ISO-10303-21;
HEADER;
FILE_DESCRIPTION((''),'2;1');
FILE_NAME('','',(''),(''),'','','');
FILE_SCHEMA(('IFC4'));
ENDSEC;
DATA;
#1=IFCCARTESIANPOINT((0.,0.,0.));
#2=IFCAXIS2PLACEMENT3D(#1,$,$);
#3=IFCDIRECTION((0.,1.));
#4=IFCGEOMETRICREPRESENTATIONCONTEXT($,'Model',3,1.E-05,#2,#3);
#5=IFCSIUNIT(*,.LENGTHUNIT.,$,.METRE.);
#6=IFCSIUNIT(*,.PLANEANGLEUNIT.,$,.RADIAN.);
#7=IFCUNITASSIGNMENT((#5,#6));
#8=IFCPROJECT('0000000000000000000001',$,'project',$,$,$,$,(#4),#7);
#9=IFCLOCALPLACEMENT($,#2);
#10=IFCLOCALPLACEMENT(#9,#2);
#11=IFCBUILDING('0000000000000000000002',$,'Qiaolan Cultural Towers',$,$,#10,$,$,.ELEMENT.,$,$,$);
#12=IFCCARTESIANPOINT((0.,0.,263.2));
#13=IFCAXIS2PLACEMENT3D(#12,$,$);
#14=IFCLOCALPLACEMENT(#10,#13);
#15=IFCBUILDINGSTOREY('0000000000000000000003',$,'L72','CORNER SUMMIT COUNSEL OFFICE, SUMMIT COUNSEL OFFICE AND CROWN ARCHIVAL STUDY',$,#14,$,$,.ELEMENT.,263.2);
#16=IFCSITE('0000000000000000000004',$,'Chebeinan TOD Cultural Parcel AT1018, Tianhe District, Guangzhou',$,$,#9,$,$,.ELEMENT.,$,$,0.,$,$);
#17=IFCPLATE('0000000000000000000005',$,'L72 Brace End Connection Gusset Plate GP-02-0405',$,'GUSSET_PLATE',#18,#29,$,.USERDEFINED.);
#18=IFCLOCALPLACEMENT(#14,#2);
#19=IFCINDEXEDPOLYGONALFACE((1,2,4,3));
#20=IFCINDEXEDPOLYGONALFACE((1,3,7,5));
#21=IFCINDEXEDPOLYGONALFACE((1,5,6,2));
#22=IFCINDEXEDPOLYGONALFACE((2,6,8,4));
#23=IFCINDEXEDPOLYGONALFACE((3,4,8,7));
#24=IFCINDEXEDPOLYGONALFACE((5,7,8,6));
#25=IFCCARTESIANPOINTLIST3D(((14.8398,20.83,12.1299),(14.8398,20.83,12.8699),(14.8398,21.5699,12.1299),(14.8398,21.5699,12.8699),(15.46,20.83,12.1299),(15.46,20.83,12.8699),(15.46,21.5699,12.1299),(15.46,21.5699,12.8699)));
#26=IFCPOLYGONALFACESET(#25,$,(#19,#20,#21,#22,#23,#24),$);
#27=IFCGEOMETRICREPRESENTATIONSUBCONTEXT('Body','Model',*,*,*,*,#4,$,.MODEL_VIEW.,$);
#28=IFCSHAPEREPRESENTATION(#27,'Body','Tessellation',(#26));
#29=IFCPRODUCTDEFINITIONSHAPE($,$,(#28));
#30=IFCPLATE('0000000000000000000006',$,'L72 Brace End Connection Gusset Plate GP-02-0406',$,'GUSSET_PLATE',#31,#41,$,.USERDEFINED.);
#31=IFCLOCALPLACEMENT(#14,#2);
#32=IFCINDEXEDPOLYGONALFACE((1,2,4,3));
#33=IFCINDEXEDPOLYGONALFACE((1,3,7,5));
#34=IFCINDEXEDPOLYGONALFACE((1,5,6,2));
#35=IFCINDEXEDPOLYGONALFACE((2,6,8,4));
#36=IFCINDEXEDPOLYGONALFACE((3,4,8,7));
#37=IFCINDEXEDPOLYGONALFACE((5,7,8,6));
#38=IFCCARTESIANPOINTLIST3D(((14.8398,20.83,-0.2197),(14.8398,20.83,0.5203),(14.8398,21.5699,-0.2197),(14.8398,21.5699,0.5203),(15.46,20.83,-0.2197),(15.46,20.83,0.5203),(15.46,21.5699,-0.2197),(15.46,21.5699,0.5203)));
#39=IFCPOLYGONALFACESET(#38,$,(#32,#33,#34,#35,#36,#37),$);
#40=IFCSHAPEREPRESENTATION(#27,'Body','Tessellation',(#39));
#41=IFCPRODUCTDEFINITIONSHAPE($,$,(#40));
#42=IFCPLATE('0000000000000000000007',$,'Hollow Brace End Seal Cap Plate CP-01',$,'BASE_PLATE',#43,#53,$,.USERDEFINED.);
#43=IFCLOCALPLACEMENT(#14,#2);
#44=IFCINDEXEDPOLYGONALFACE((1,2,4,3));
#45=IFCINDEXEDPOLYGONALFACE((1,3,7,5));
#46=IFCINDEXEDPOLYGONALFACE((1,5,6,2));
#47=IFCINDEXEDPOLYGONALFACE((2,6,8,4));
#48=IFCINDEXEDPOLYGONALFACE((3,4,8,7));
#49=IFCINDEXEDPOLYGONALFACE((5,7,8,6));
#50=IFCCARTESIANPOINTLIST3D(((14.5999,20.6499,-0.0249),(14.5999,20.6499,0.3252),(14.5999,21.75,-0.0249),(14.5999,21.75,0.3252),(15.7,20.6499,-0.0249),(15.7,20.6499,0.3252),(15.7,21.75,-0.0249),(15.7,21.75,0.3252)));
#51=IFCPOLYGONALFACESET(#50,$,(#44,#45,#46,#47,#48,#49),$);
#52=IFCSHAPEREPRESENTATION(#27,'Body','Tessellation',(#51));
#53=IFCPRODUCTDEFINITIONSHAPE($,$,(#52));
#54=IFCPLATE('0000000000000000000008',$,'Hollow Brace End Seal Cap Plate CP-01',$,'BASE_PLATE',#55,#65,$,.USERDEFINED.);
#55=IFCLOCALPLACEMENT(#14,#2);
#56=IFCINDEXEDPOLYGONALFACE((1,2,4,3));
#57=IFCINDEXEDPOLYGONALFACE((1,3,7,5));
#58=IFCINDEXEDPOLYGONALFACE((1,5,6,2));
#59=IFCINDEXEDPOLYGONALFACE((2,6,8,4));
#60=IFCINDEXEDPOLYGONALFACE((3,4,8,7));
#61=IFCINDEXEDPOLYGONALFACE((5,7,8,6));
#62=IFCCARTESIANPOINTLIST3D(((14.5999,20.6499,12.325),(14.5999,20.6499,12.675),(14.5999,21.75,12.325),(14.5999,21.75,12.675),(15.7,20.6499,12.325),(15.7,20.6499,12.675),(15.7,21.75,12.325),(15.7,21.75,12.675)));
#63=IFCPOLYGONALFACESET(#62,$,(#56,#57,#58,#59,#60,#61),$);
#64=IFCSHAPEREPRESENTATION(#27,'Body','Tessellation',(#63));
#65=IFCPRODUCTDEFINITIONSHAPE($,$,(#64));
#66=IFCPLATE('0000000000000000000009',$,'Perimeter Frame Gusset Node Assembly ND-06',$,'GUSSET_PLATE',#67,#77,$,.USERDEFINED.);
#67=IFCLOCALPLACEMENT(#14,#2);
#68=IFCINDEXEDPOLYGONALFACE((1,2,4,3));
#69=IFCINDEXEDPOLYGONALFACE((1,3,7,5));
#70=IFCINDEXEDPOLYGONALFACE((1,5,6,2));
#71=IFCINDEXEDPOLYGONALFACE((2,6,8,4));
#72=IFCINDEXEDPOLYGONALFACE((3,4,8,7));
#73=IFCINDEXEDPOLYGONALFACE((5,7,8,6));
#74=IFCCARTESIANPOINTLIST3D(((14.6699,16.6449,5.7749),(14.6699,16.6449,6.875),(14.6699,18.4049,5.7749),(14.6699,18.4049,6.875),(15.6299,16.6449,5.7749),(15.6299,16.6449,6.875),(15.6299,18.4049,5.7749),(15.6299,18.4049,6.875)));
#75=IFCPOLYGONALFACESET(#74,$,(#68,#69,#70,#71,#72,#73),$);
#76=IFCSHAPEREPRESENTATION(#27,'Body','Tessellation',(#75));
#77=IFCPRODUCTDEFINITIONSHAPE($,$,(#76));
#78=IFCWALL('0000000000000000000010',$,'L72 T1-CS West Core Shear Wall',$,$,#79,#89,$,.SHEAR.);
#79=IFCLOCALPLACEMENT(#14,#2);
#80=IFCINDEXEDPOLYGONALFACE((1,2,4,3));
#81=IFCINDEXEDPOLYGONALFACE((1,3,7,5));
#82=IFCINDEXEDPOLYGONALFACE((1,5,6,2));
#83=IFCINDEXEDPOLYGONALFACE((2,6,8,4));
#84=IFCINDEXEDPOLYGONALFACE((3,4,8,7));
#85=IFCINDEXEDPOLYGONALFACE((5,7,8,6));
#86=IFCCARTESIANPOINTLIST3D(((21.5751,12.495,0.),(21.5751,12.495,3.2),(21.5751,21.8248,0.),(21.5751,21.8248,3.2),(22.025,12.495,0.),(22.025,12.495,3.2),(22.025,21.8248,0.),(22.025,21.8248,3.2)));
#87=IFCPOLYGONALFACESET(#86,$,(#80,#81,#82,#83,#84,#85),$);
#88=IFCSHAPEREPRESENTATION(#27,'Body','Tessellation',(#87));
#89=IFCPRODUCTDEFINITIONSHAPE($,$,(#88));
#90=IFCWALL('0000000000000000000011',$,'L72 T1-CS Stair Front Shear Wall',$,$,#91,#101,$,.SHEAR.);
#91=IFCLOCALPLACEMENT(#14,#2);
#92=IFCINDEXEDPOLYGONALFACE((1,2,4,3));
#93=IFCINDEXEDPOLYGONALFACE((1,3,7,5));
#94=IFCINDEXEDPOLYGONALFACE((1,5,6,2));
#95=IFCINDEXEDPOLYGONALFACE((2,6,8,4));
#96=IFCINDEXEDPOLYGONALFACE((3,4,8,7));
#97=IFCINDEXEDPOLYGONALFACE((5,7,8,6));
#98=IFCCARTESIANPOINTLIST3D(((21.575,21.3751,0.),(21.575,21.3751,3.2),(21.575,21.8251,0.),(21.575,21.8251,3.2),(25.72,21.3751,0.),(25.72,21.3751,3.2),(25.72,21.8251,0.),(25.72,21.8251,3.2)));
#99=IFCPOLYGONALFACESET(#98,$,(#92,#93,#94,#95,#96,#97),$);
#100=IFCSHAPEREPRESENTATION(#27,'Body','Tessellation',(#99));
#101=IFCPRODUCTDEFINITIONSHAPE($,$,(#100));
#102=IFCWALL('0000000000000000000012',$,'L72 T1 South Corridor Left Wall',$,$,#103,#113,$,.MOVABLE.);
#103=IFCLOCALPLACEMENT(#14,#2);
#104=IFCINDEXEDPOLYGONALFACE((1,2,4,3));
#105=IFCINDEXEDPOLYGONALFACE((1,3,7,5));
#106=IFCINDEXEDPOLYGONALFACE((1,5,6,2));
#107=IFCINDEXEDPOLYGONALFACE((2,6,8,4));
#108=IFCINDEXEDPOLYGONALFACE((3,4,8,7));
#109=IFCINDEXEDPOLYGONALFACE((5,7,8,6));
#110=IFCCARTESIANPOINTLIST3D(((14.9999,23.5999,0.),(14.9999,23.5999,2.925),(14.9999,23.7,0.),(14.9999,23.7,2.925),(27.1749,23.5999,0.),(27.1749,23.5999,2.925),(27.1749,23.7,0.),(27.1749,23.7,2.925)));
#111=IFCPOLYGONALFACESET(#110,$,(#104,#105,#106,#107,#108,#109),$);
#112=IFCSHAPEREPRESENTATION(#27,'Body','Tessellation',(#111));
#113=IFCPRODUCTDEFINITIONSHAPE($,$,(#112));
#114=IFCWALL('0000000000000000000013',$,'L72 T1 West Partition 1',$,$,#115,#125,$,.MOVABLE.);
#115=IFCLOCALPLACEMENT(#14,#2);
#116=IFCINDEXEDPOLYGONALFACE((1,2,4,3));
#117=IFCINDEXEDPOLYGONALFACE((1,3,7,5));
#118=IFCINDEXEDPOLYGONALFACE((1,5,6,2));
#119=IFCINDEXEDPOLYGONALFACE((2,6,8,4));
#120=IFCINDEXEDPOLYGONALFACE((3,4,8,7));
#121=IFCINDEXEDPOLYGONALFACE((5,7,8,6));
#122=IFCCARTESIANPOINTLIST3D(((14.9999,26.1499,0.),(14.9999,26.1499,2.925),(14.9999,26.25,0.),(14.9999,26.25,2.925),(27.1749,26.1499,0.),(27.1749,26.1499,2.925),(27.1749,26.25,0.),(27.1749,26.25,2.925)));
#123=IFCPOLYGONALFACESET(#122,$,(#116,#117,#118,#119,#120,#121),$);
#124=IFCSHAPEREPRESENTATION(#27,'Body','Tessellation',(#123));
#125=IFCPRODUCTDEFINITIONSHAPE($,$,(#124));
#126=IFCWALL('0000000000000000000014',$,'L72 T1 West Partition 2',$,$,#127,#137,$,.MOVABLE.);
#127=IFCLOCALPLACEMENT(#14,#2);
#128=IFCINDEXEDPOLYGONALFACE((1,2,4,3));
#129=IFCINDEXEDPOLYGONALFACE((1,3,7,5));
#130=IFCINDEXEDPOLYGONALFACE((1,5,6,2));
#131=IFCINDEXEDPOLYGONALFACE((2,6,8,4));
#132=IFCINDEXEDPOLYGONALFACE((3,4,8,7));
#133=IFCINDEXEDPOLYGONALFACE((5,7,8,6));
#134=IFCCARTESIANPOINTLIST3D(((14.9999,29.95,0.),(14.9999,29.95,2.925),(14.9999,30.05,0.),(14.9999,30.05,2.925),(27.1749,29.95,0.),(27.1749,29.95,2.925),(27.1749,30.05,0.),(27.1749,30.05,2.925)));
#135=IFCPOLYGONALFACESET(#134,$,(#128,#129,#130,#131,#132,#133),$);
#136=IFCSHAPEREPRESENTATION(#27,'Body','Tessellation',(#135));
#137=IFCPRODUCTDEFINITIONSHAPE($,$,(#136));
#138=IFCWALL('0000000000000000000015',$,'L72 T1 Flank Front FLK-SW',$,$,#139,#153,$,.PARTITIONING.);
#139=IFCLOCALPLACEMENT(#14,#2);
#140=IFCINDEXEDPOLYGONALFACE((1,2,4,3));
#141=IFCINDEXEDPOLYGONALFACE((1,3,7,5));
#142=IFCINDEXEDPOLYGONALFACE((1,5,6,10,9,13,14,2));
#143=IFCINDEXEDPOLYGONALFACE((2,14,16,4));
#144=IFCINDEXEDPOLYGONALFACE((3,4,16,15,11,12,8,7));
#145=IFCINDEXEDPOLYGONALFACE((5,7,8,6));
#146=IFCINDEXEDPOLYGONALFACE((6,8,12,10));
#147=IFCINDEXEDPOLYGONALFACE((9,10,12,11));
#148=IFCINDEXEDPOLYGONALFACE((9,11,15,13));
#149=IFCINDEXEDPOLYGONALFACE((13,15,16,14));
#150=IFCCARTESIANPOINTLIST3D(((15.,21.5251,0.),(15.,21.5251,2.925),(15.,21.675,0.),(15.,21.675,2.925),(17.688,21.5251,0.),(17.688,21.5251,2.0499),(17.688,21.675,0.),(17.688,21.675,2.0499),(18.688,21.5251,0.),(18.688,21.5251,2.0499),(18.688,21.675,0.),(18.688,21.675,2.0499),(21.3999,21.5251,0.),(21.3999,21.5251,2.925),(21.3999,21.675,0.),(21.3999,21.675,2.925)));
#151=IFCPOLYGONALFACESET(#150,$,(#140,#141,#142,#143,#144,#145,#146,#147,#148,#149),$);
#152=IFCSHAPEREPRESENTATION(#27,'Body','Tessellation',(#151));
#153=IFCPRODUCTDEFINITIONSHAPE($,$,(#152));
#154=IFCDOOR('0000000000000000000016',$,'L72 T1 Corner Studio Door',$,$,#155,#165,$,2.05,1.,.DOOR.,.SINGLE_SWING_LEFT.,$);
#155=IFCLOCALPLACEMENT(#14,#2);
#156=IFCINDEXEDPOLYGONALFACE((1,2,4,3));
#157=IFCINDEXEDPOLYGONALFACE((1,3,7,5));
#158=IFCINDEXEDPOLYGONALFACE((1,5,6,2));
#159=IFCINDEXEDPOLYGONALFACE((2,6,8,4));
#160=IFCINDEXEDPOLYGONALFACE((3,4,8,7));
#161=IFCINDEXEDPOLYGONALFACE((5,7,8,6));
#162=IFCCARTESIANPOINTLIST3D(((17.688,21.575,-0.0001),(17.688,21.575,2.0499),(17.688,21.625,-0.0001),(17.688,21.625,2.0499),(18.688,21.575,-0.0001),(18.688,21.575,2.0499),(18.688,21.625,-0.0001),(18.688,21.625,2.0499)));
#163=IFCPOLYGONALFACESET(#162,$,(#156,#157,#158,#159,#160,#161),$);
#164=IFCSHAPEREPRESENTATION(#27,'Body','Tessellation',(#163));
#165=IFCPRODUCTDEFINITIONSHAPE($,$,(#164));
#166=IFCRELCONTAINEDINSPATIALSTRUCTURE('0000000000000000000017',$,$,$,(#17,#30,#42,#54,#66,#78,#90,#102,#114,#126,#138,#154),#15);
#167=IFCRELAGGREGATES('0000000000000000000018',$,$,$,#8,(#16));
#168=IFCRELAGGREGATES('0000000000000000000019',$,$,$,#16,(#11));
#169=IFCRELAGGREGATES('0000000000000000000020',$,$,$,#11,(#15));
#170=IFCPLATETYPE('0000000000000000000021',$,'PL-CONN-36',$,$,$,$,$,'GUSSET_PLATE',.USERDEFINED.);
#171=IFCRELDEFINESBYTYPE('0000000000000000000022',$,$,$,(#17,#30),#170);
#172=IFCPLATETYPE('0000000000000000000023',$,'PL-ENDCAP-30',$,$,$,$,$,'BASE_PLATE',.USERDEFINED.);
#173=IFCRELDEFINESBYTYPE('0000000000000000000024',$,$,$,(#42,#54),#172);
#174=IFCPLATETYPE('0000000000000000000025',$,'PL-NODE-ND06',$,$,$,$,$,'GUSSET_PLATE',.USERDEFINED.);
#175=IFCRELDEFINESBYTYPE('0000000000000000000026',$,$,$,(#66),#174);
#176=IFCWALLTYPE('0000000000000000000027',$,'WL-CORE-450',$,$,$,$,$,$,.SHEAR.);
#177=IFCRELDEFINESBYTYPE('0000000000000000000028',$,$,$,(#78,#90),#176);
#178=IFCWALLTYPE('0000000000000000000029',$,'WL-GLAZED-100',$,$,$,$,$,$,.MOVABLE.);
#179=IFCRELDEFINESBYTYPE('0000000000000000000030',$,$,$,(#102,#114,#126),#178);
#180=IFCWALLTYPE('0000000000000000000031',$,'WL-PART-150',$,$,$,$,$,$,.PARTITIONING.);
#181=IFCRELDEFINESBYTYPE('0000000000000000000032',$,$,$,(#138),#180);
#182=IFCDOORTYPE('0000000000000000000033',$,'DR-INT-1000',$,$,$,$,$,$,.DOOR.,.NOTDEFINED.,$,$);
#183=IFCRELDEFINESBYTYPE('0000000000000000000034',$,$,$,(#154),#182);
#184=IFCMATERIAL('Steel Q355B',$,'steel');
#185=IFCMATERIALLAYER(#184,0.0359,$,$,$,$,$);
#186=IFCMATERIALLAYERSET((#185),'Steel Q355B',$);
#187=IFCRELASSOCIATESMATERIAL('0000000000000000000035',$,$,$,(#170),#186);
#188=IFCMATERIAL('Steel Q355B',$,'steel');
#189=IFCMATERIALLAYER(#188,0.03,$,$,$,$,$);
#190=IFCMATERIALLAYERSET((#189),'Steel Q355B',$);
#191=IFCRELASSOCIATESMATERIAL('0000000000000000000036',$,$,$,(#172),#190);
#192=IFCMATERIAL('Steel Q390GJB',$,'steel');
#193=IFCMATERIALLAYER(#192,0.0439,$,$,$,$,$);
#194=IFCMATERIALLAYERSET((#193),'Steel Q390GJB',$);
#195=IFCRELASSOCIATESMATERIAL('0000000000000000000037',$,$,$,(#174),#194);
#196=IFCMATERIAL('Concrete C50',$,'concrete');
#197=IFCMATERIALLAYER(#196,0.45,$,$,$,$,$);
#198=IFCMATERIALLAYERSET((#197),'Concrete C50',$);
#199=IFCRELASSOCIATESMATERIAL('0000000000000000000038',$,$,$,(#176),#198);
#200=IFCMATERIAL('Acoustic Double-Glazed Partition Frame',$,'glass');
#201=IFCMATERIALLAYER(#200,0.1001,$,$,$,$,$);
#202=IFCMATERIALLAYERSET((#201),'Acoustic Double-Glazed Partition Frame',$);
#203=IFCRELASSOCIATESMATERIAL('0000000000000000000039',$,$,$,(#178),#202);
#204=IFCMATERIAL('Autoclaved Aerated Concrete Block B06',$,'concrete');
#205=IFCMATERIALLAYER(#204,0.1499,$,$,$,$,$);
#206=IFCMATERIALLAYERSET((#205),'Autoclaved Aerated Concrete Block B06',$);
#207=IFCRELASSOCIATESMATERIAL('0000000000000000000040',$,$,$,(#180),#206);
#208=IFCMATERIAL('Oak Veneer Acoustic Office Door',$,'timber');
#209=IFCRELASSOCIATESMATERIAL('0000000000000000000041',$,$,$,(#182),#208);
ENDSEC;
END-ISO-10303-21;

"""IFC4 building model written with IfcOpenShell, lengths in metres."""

from ifc_helpers import new_model, si_unit, direction, frame, frame_2d, origin, origin_2d, place, context, subcontext, project, spatial, rectangle, extrude, material, layer, layer_set, type_object, element, fill, save


model = new_model("IFC4")

# Units and contexts
model_context = context("Model", 3, precision=1e-05, world=origin(), true_north=direction((0.0, 1.0)))
body_context = subcontext(model_context, "Body", "Model", "MODEL_VIEW")
ifc_project = project(units=[si_unit("LENGTHUNIT", "METRE"), si_unit("PLANEANGLEUNIT", "RADIAN")], contexts=[model_context])

# Site, building, storey
site_placement = place(None, origin())
site = spatial("IfcSite", under=ifc_project, at=site_placement, Name="Chebeinan TOD Cultural Parcel AT1018, Tianhe District, Guangzhou", CompositionType="ELEMENT", RefElevation=0.0)
building_placement = place(site_placement, origin())
building = spatial("IfcBuilding", under=site, at=building_placement, Name="Qiaolan Cultural Towers", CompositionType="ELEMENT")
storey_placement = place(building_placement, frame((0.0, 0.0, 263.2)))
storey = spatial("IfcBuildingStorey", under=building, at=storey_placement, Name="L72", Description="CORNER SUMMIT COUNSEL OFFICE, SUMMIT COUNSEL OFFICE AND CROWN ARCHIVAL STUDY", CompositionType="ELEMENT", Elevation=263.2)

# Plates
ifc_material_1 = material(Name="Steel Q355B", Category="steel")
ifc_layer_1 = layer(ifc_material_1, 0.0359)
ifc_layer_set_1 = layer_set([ifc_layer_1], Name="Steel Q355B")
plate_type_1 = type_object("IfcPlateType", Name="PL-CONN-36", ElementType="GUSSET_PLATE", PredefinedType="USERDEFINED", material=ifc_layer_set_1)
for number, where, z_axis, x_axis, name in (
    (1, (15.1499, 21.2, 12.1299), (0.0, 0.0, 1.0), (0.0, 1.0, 0.0), "L72 Brace End Connection Gusset Plate GP-02-0405"),
    (2, (15.1499, 21.2, -0.2197), (0.0, 0.0, 1.0), (0.0, 1.0, 0.0), "L72 Brace End Connection Gusset Plate GP-02-0406"),
):
    element("IfcPlate", number, at=place(storey_placement, frame(where, z_axis=z_axis, x_axis=x_axis)), inside=storey, type_object=plate_type_1, Name=name, ObjectType="GUSSET_PLATE", PredefinedType="USERDEFINED", context=body_context, shape_type="SweptSolid", body=[
        extrude(rectangle(XDim=0.74, YDim=0.6201, at=origin_2d()), origin(), (0.0, 0.0, 1.0), 0.74),
    ])
ifc_material_2 = material(Name="Steel Q355B", Category="steel")
ifc_layer_2 = layer(ifc_material_2, 0.03)
ifc_layer_set_2 = layer_set([ifc_layer_2], Name="Steel Q355B")
plate_type_2 = type_object("IfcPlateType", Name="PL-ENDCAP-30", ElementType="BASE_PLATE", PredefinedType="USERDEFINED", material=ifc_layer_set_2)
for number, where, z_axis, x_axis, name in (
    (3, (15.1499, 21.2, -0.0249), (0.0, 0.0, 1.0), (0.0, 1.0, 0.0), "Hollow Brace End Seal Cap Plate CP-01"),
    (4, (15.1499, 21.2, 12.325), (0.0, 0.0, 1.0), (0.0, 1.0, 0.0), "Hollow Brace End Seal Cap Plate CP-01"),
):
    element("IfcPlate", number, at=place(storey_placement, frame(where, z_axis=z_axis, x_axis=x_axis)), inside=storey, type_object=plate_type_2, Name=name, ObjectType="BASE_PLATE", PredefinedType="USERDEFINED", context=body_context, shape_type="SweptSolid", body=[
        extrude(rectangle(XDim=1.1001, YDim=1.1001, at=origin_2d()), origin(), (0.0, 0.0, 1.0), 0.3501),
    ])
ifc_material_3 = material(Name="Steel Q390GJB", Category="steel")
ifc_layer_3 = layer(ifc_material_3, 0.0439)
ifc_layer_set_3 = layer_set([ifc_layer_3], Name="Steel Q390GJB")
plate_type_3 = type_object("IfcPlateType", Name="PL-NODE-ND06", ElementType="GUSSET_PLATE", PredefinedType="USERDEFINED", material=ifc_layer_set_3)
plate_placement = place(storey_placement, frame((15.1499, 17.5249, 5.7749), z_axis=(0.0, 0.0, 1.0), x_axis=(0.0, 1.0, 0.0)))
element("IfcPlate", 5, at=plate_placement, inside=storey, type_object=plate_type_3, Name="Perimeter Frame Gusset Node Assembly ND-06", ObjectType="GUSSET_PLATE", PredefinedType="USERDEFINED", context=body_context, shape_type="SweptSolid", body=[
    extrude(rectangle(XDim=1.76, YDim=0.96, at=origin_2d()), origin(), (0.0, 0.0, 1.0), 1.1001),
])

# Walls
ifc_material_4 = material(Name="Concrete C50", Category="concrete")
ifc_layer_4 = layer(ifc_material_4, 0.45)
ifc_layer_set_4 = layer_set([ifc_layer_4], Name="Concrete C50")
wall_type_1 = type_object("IfcWallType", Name="WL-CORE-450", PredefinedType="SHEAR", material=ifc_layer_set_4)
wall_1_placement = place(storey_placement, frame((21.8, 21.825, 0.0), z_axis=(0.0, 0.0, 1.0), x_axis=(0.0, -1.0, 0.0)))
element("IfcWall", 6, at=wall_1_placement, inside=storey, type_object=wall_type_1, Name="L72 T1-CS West Core Shear Wall", PredefinedType="SHEAR", context=body_context, shape_type="SweptSolid", body=[
    extrude(rectangle(XDim=9.3298, YDim=0.45, at=frame_2d((4.665, 0.0))), origin(), (0.0, 0.0, 1.0), 3.2),
])
wall_2_placement = place(storey_placement, frame((21.575, 21.6001, 0.0), z_axis=(0.0, 0.0, 1.0), x_axis=(1.0, 0.0, 0.0)))
element("IfcWall", 7, at=wall_2_placement, inside=storey, type_object=wall_type_1, Name="L72 T1-CS Stair Front Shear Wall", PredefinedType="SHEAR", context=body_context, shape_type="SweptSolid", body=[
    extrude(rectangle(XDim=4.145, YDim=0.45, at=frame_2d((2.0725, 0.0))), origin(), (0.0, 0.0, 1.0), 3.2),
])
ifc_material_5 = material(Name="Acoustic Double-Glazed Partition Frame", Category="glass")
ifc_layer_5 = layer(ifc_material_5, 0.1001)
ifc_layer_set_5 = layer_set([ifc_layer_5], Name="Acoustic Double-Glazed Partition Frame")
wall_type_2 = type_object("IfcWallType", Name="WL-GLAZED-100", PredefinedType="MOVABLE", material=ifc_layer_set_5)
for number, where, z_axis, x_axis, name in (
    (8, (15.0, 23.6499, 0.0), (0.0, 0.0, 1.0), (1.0, 0.0, 0.0), "L72 T1 South Corridor Left Wall"),
    (9, (15.0, 26.2, 0.0), (0.0, 0.0, 1.0), (1.0, 0.0, 0.0), "L72 T1 West Partition 1"),
    (10, (15.0, 30.0, 0.0), (0.0, 0.0, 1.0), (1.0, 0.0, 0.0), "L72 T1 West Partition 2"),
):
    element("IfcWall", number, at=place(storey_placement, frame(where, z_axis=z_axis, x_axis=x_axis)), inside=storey, type_object=wall_type_2, Name=name, PredefinedType="MOVABLE", context=body_context, shape_type="SweptSolid", body=[
        extrude(rectangle(XDim=12.175, YDim=0.1001, at=frame_2d((6.0874, 0.0))), origin(), (0.0, 0.0, 1.0), 2.925),
    ])

# Wall, opening, door
ifc_material_6 = material(Name="Autoclaved Aerated Concrete Block B06", Category="concrete")
ifc_layer_6 = layer(ifc_material_6, 0.1499)
ifc_layer_set_6 = layer_set([ifc_layer_6], Name="Autoclaved Aerated Concrete Block B06")
wall_type_3 = type_object("IfcWallType", Name="WL-PART-150", PredefinedType="PARTITIONING", material=ifc_layer_set_6)
wall_3_placement = place(storey_placement, frame((15.0, 21.6001, 0.0), z_axis=(0.0, 0.0, 1.0), x_axis=(1.0, 0.0, 0.0)))
wall_3 = element("IfcWall", 11, at=wall_3_placement, inside=storey, type_object=wall_type_3, Name="L72 T1 Flank Front FLK-SW", PredefinedType="PARTITIONING", context=body_context, shape_type="SweptSolid", body=[
    extrude(rectangle(XDim=6.3999, YDim=0.1499, at=frame_2d((3.2, 0.0))), origin(), (0.0, 0.0, 1.0), 2.925),
])
opening_placement = place(wall_3_placement, frame((2.688, 0.0, 0.0)))
opening = element("IfcOpeningElement", 12, at=opening_placement, cuts=wall_3, PredefinedType="OPENING", context=body_context, shape_type="SweptSolid", body=[
    extrude(rectangle(XDim=1.0, YDim=2.05, at=frame_2d((0.5, 1.0249))), frame((0.0, 0.085, 0.0), z_axis=(0.0, -1.0, 0.0), x_axis=(1.0, 0.0, 0.0)), (0.0, 0.0, 1.0), 0.1699),
])
ifc_material_7 = material(Name="Oak Veneer Acoustic Office Door", Category="timber")
door_type = type_object("IfcDoorType", Name="DR-INT-1000", OperationType="NOTDEFINED", PredefinedType="DOOR", material=ifc_material_7)
door_placement = place(opening_placement, origin())
door = element("IfcDoor", 13, at=door_placement, inside=storey, type_object=door_type, Name="L72 T1 Corner Studio Door", OperationType="SINGLE_SWING_LEFT", OverallHeight=2.05, OverallWidth=1.0, PredefinedType="DOOR", context=body_context, shape_type="SweptSolid", body=[
    extrude(rectangle(XDim=1.0, YDim=2.05, at=frame_2d((0.5, 1.0249))), frame((0.0, 0.0249, 0.0), z_axis=(0.0, -1.0, 0.0), x_axis=(1.0, 0.0, 0.0)), (0.0, 0.0, 1.0), 0.05),
])
fill(opening, door)

save(model, "model.ifc")
